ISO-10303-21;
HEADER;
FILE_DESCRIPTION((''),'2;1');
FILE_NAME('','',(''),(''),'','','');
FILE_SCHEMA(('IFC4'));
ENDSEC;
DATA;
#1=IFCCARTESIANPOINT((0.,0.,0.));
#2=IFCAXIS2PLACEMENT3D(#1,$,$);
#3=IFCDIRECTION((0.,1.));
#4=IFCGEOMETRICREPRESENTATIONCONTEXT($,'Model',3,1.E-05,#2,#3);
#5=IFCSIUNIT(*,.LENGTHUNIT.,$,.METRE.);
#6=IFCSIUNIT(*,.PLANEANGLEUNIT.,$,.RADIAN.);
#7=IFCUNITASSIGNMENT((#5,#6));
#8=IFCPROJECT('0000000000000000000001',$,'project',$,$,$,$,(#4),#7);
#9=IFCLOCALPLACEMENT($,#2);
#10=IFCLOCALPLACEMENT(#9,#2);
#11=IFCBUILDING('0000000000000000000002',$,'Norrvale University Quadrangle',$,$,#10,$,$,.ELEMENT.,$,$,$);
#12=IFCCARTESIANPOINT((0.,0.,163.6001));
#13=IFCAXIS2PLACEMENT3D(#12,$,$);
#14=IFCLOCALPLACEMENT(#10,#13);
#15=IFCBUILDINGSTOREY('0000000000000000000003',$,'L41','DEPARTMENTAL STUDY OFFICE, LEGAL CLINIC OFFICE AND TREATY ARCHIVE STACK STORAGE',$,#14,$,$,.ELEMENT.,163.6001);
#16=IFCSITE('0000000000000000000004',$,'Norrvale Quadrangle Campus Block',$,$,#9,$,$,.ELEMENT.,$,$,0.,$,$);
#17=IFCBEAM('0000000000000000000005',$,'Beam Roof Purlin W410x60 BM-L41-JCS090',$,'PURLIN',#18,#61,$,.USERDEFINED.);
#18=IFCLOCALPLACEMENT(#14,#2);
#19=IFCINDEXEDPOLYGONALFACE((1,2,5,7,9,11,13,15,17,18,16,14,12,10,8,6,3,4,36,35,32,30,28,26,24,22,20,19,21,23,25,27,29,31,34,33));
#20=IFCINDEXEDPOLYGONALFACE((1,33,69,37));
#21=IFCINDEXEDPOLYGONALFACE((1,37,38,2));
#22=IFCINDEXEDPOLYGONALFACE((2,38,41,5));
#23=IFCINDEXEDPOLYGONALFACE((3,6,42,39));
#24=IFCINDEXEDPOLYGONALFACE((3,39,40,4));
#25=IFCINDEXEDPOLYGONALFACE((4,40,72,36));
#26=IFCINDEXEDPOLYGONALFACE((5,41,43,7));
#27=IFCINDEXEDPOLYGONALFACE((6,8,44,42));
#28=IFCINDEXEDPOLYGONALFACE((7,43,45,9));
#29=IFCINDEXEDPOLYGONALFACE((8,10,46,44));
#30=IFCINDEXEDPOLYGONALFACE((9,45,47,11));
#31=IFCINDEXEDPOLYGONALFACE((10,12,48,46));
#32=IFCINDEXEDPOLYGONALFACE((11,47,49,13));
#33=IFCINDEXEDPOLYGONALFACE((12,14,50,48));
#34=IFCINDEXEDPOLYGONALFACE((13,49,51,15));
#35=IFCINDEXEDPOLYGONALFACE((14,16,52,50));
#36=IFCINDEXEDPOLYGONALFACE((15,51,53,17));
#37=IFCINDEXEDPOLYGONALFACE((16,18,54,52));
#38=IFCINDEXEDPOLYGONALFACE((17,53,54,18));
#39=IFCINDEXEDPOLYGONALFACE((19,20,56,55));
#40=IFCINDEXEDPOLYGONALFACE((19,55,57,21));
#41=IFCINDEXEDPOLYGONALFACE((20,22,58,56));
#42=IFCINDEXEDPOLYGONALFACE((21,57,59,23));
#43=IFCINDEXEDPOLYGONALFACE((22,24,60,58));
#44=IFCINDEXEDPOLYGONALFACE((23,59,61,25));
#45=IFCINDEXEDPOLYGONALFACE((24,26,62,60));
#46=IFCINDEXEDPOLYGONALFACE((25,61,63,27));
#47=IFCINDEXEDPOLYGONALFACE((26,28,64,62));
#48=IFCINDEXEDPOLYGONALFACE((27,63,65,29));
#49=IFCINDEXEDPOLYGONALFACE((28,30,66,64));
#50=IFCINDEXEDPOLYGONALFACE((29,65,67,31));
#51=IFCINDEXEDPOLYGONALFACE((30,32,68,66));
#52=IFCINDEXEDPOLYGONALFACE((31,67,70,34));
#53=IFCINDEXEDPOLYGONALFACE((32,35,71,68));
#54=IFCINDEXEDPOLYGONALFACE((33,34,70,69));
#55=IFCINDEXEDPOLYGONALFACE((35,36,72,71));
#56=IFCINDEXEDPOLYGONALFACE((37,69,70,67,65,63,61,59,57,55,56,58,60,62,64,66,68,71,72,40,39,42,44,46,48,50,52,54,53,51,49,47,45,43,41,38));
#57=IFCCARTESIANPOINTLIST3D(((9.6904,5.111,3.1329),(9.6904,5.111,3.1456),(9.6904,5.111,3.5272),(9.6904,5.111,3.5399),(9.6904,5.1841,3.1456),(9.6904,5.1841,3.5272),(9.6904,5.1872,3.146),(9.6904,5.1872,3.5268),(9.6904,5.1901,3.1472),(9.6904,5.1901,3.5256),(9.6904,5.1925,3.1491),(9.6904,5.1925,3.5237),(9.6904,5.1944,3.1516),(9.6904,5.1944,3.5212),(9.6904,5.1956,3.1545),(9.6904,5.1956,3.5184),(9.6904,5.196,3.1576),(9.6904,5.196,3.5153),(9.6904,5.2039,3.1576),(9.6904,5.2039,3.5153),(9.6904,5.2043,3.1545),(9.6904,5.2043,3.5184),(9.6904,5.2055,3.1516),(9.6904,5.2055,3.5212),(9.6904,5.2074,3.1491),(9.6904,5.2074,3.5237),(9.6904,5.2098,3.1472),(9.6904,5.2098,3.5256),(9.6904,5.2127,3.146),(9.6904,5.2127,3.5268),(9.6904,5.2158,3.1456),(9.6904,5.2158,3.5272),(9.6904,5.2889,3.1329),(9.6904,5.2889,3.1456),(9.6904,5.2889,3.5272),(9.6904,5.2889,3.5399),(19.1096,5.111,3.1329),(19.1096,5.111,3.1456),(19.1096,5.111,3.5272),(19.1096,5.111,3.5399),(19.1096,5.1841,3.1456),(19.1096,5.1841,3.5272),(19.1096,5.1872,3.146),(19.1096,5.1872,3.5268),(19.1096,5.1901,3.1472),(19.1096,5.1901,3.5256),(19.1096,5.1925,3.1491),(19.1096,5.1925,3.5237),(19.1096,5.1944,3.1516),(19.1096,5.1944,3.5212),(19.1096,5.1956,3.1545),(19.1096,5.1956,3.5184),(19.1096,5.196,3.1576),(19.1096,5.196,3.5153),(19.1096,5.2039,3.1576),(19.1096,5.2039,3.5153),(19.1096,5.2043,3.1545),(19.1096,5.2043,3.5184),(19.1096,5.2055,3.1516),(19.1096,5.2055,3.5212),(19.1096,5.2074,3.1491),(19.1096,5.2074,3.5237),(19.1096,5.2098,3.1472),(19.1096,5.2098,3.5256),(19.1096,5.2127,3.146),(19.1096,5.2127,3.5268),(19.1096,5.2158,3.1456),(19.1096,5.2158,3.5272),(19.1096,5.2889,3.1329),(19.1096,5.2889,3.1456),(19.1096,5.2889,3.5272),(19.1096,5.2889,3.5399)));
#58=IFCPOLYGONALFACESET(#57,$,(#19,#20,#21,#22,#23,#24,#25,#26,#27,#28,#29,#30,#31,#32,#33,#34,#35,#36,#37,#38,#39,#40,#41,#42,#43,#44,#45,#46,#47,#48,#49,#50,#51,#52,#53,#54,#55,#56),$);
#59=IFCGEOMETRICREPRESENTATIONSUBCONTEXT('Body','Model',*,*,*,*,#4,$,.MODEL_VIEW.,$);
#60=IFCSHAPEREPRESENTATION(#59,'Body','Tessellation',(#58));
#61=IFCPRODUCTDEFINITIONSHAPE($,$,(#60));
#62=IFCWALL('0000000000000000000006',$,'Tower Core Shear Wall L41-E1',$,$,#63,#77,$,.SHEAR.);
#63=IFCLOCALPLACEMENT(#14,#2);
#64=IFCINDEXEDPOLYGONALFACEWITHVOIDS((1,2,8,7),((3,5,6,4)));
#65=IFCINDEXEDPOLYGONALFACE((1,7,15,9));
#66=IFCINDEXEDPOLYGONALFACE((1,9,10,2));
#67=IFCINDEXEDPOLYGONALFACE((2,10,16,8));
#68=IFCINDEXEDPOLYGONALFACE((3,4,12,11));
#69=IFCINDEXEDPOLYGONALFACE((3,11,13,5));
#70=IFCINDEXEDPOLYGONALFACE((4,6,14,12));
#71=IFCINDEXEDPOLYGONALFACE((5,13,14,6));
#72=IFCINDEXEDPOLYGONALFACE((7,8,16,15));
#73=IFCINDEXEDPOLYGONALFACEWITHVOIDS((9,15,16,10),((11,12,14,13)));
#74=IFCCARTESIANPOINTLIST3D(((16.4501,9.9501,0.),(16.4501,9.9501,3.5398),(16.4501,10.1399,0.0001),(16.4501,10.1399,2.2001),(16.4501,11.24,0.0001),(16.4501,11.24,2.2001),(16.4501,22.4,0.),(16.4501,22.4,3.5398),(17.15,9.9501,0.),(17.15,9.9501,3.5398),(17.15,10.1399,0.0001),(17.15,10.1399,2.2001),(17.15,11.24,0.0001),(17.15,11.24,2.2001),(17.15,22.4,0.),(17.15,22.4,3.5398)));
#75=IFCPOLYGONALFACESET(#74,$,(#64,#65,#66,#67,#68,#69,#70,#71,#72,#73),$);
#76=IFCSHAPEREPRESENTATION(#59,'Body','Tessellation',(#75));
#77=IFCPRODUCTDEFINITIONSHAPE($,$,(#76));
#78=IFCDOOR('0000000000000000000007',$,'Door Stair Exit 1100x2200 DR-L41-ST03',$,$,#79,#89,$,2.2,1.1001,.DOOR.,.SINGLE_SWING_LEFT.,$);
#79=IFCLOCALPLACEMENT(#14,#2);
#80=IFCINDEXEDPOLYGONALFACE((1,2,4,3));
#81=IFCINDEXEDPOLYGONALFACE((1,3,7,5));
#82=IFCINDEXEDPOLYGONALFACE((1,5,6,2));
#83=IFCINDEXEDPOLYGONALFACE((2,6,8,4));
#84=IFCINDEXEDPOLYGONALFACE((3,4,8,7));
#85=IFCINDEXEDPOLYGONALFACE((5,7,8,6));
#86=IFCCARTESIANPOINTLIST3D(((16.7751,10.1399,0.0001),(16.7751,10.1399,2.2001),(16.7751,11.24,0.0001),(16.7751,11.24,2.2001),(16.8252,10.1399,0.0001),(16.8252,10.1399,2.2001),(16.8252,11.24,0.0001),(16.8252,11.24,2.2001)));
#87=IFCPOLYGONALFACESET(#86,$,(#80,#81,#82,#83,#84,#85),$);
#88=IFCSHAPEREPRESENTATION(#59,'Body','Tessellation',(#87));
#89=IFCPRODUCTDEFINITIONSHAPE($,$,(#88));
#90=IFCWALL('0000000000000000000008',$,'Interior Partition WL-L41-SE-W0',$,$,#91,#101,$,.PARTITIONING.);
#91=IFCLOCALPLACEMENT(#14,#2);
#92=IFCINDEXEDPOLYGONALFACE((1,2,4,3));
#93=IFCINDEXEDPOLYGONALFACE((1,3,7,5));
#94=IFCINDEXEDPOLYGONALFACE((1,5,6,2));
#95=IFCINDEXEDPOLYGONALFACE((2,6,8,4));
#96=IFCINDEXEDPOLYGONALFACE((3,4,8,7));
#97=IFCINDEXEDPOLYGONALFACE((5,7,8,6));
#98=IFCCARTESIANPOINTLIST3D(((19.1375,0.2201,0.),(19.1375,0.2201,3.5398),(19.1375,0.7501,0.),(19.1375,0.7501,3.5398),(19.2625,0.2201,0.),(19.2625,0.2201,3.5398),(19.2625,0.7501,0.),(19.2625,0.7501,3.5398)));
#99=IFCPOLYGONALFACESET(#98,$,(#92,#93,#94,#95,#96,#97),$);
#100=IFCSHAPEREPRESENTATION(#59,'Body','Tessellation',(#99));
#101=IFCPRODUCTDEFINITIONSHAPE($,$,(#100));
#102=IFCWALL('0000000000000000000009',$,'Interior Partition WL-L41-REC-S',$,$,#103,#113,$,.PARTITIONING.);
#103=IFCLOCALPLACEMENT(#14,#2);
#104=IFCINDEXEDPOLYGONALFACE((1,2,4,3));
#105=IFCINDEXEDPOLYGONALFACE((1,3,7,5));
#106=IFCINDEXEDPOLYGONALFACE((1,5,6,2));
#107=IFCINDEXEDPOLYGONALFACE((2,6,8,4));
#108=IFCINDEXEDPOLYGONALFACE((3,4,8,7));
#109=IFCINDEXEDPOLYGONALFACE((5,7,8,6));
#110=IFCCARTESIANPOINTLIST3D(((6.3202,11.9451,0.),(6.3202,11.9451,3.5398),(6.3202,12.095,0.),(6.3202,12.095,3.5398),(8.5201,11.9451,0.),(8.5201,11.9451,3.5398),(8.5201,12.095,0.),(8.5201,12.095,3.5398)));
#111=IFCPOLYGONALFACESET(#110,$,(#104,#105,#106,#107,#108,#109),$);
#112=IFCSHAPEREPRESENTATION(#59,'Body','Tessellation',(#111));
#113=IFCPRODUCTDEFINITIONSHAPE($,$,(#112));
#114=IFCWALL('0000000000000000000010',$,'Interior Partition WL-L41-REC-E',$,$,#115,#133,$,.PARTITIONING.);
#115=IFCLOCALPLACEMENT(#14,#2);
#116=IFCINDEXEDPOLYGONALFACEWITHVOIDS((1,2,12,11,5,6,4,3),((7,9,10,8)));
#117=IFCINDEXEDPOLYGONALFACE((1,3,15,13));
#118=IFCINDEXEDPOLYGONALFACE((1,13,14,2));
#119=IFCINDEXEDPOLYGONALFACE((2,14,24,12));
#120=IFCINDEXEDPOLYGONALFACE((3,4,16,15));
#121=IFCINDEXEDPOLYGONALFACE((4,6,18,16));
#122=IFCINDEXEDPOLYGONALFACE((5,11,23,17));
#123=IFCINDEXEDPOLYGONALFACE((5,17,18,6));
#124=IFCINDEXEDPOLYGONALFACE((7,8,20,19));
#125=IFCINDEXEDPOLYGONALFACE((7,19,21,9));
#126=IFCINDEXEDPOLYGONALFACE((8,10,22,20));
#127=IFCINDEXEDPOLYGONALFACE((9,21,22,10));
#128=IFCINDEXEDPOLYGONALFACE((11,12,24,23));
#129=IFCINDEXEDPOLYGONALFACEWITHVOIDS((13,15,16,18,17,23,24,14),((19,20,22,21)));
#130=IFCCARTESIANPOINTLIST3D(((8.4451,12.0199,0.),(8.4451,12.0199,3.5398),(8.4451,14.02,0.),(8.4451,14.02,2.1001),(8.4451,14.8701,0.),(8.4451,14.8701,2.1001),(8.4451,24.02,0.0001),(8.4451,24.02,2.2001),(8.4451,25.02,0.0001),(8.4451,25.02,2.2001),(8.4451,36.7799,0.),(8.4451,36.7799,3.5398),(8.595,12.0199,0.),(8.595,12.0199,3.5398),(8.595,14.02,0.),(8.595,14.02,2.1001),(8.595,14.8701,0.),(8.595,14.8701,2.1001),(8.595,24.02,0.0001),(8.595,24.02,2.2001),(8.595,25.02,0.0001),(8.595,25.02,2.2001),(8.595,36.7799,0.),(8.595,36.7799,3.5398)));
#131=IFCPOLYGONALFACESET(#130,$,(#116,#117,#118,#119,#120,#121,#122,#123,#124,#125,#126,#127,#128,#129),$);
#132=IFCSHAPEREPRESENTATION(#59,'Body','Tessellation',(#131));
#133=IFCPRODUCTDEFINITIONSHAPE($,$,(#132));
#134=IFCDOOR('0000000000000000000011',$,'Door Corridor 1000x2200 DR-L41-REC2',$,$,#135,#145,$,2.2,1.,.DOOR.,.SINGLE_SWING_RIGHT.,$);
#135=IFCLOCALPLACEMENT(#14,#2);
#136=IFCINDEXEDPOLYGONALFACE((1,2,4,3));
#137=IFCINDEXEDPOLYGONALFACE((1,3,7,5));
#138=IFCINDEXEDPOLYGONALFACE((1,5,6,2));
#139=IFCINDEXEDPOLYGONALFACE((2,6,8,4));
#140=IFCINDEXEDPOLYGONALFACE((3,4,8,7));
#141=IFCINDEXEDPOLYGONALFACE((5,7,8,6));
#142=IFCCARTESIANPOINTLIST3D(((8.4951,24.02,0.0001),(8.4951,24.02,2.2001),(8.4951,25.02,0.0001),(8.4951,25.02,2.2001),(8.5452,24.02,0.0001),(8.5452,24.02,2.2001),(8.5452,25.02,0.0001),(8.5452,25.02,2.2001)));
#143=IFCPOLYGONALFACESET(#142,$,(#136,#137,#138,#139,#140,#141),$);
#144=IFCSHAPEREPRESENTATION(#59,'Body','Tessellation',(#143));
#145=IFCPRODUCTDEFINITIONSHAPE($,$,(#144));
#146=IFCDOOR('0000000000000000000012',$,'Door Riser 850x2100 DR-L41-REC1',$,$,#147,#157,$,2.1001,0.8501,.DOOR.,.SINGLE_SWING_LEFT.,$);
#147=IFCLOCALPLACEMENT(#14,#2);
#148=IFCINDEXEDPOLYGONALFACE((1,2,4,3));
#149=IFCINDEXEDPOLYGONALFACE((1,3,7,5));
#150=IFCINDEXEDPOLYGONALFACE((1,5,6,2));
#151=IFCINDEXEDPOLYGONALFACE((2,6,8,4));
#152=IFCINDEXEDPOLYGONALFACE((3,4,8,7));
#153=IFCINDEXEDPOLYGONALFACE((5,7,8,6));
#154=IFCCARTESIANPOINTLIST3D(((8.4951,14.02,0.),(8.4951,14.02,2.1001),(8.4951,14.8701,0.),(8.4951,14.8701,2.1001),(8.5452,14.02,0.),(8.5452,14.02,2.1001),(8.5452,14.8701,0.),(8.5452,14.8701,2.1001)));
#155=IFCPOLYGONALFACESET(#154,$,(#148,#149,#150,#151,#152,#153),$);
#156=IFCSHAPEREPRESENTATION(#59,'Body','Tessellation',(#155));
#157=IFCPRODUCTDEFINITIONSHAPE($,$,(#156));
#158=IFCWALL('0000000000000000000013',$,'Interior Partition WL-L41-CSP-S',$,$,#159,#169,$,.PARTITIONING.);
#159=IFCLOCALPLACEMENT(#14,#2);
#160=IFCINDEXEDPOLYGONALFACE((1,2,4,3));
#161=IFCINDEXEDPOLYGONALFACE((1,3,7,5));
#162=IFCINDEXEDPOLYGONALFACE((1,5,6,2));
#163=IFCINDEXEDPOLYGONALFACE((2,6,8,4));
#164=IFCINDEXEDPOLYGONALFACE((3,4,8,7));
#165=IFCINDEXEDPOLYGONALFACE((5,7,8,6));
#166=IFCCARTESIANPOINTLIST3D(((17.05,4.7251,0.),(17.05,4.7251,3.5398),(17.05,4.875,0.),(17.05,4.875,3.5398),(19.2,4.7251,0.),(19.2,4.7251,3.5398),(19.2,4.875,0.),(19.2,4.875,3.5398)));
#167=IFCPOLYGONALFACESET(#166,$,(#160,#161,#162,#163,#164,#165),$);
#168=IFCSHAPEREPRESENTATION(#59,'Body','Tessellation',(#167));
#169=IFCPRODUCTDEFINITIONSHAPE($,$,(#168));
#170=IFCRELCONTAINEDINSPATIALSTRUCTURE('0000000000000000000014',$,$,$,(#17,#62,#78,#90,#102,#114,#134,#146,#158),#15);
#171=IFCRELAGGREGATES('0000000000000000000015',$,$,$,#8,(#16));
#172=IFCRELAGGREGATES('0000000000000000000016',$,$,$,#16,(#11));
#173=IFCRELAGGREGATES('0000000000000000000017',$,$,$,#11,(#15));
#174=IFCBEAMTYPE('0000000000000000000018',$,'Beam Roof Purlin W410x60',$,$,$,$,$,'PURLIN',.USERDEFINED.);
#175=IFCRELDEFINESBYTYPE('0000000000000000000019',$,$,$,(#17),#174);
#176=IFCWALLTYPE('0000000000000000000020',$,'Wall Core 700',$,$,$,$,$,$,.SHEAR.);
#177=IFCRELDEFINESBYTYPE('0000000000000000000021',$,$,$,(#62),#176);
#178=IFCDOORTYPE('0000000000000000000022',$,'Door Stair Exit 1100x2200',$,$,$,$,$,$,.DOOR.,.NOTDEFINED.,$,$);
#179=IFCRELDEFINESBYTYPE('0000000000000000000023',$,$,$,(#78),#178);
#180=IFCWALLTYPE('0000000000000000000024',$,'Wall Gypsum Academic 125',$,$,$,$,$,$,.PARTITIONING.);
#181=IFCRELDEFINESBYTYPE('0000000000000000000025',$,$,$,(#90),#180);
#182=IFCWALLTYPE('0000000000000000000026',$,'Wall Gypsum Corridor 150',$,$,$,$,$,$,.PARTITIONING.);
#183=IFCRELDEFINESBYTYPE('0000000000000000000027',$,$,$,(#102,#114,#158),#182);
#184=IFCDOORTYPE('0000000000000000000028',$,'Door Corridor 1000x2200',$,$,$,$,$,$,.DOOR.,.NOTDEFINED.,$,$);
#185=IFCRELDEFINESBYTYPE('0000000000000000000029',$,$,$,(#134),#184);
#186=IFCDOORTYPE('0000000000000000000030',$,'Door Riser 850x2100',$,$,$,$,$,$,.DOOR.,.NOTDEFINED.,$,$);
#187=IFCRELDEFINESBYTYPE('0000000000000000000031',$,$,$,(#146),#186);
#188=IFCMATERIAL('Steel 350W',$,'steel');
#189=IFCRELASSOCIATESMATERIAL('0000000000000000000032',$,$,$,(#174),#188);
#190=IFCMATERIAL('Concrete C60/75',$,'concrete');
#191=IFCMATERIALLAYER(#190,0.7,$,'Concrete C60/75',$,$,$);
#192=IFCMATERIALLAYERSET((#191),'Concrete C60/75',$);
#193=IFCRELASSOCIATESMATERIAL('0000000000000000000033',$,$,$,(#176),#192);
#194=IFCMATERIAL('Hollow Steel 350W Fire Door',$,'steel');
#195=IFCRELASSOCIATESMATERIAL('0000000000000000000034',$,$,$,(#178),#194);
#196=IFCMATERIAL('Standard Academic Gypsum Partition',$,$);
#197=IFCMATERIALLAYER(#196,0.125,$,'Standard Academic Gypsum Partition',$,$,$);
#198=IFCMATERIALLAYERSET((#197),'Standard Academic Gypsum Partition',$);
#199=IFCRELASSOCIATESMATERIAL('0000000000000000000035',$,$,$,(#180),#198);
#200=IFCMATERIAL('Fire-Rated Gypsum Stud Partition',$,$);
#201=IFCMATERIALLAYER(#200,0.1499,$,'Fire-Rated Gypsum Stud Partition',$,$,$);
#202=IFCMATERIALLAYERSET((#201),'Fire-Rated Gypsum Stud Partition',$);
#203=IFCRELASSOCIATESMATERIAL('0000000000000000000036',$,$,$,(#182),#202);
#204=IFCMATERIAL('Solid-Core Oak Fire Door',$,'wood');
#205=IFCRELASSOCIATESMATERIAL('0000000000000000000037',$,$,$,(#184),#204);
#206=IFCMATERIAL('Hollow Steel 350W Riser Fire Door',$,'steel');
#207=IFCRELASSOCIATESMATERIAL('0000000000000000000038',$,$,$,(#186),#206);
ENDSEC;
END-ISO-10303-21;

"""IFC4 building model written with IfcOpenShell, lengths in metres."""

from ifc_helpers import new_model, si_unit, direction, frame, frame_2d, origin, origin_2d, place, context, subcontext, project, spatial, rectangle, i_section, extrude, material, layer, layer_set, material_profile, profile_set, type_object, element, fill, save


model = new_model("IFC4")

# Units and contexts
model_context = context("Model", 3, precision=1e-05, world=origin(), true_north=direction((0.0, 1.0)))
body_context = subcontext(model_context, "Body", "Model", "MODEL_VIEW")
ifc_project = project(units=[si_unit("LENGTHUNIT", "METRE"), si_unit("PLANEANGLEUNIT", "RADIAN")], contexts=[model_context])

# Site, building, storey
site_placement = place(None, origin())
site = spatial("IfcSite", under=ifc_project, at=site_placement, Name="Norrvale Quadrangle Campus Block", CompositionType="ELEMENT", RefElevation=0.0)
building_placement = place(site_placement, origin())
building = spatial("IfcBuilding", under=site, at=building_placement, Name="Norrvale University Quadrangle", CompositionType="ELEMENT")
storey_placement = place(building_placement, frame((0.0, 0.0, 163.6001)))
storey = spatial("IfcBuildingStorey", under=building, at=storey_placement, Name="L41", Description="DEPARTMENTAL STUDY OFFICE, LEGAL CLINIC OFFICE AND TREATY ARCHIVE STACK STORAGE", CompositionType="ELEMENT", Elevation=163.6001)

# Shared definitions
ifc_material_1 = material(Name="Concrete C60/75", Category="concrete")

# Beam
ifc_material_2 = material(Name="Steel 350W", Category="steel")
ifc_material_profile_1 = material_profile(ifc_material_2, i_section(OverallWidth=0.178, OverallDepth=0.407, WebThickness=0.0078, FlangeThickness=0.0127, FilletRadius=0.012, at=origin_2d()), Name="Steel 350W")
ifc_profile_set_1 = profile_set([ifc_material_profile_1], Name="Steel 350W")
beam_type_1 = type_object("IfcBeamType", Name="Beam Roof Purlin W410x60", ElementType="PURLIN", PredefinedType="USERDEFINED", material=ifc_profile_set_1)
beam_1_placement = place(storey_placement, frame((9.6904, 5.2, 3.3364), z_axis=(1.0, 0.0, 0.0), x_axis=(0.0, 1.0, 0.0)))
element("IfcBeam", 1, at=beam_1_placement, inside=storey, type_object=beam_type_1, Name="Beam Roof Purlin W410x60 BM-L41-JCS090", ObjectType="PURLIN", PredefinedType="USERDEFINED", context=body_context, shape_type="SweptSolid", body=[
    extrude(i_section(OverallWidth=0.178, OverallDepth=0.407, WebThickness=0.0078, FlangeThickness=0.0127, FilletRadius=0.012, at=origin_2d()), origin(), (0.0, 0.0, 1.0), 9.4192),
])

# Wall, opening, door
ifc_layer_1 = layer(ifc_material_1, 0.7, Name="Concrete C60/75")
ifc_layer_set_1 = layer_set([ifc_layer_1], Name="Concrete C60/75")
wall_type_1 = type_object("IfcWallType", Name="Wall Core 700", PredefinedType="SHEAR", material=ifc_layer_set_1)
wall_1_placement = place(storey_placement, frame((16.8, 9.95, 0.0), z_axis=(0.0, 0.0, 1.0), x_axis=(0.0, 1.0, 0.0)))
wall_1 = element("IfcWall", 2, at=wall_1_placement, inside=storey, type_object=wall_type_1, Name="Tower Core Shear Wall L41-E1", PredefinedType="SHEAR", context=body_context, shape_type="SweptSolid", body=[
    extrude(rectangle(XDim=12.45, YDim=0.7, at=frame_2d((6.2251, 0.0))), origin(), (0.0, 0.0, 1.0), 3.5398),
])
opening_1_placement = place(wall_1_placement, frame((0.1899, 0.0, 0.0)))
opening_1 = element("IfcOpeningElement", 3, at=opening_1_placement, cuts=wall_1, PredefinedType="OPENING", context=body_context, shape_type="SweptSolid", body=[
    extrude(rectangle(XDim=1.1001, YDim=2.2, at=frame_2d((0.55, 1.1001))), frame((0.0, 0.3621, 0.0), z_axis=(0.0, -1.0, 0.0), x_axis=(1.0, 0.0, 0.0)), (0.0, 0.0, 1.0), 0.7239),
])
ifc_material_3 = material(Name="Hollow Steel 350W Fire Door", Category="steel")
door_type_1 = type_object("IfcDoorType", Name="Door Stair Exit 1100x2200", OperationType="NOTDEFINED", PredefinedType="DOOR", material=ifc_material_3)
door_1_placement = place(opening_1_placement, origin())
door_1 = element("IfcDoor", 4, at=door_1_placement, inside=storey, type_object=door_type_1, Name="Door Stair Exit 1100x2200 DR-L41-ST03", OperationType="SINGLE_SWING_LEFT", OverallHeight=2.2, OverallWidth=1.1001, PredefinedType="DOOR", context=body_context, shape_type="SweptSolid", body=[
    extrude(rectangle(XDim=1.1001, YDim=2.2, at=frame_2d((0.55, 1.1001))), frame((0.0, 0.0249, 0.0), z_axis=(0.0, -1.0, 0.0), x_axis=(1.0, 0.0, 0.0)), (0.0, 0.0, 1.0), 0.05),
])
fill(opening_1, door_1)

# Walls
ifc_material_4 = material(Name="Standard Academic Gypsum Partition")
ifc_layer_2 = layer(ifc_material_4, 0.125, Name="Standard Academic Gypsum Partition")
ifc_layer_set_2 = layer_set([ifc_layer_2], Name="Standard Academic Gypsum Partition")
wall_type_2 = type_object("IfcWallType", Name="Wall Gypsum Academic 125", PredefinedType="PARTITIONING", material=ifc_layer_set_2)
wall_2_placement = place(storey_placement, frame((19.2, 0.22, 0.0), z_axis=(0.0, 0.0, 1.0), x_axis=(0.0, 1.0, 0.0)))
element("IfcWall", 5, at=wall_2_placement, inside=storey, type_object=wall_type_2, Name="Interior Partition WL-L41-SE-W0", PredefinedType="PARTITIONING", context=body_context, shape_type="SweptSolid", body=[
    extrude(rectangle(XDim=0.53, YDim=0.125, at=frame_2d((0.2651, 0.0))), origin(), (0.0, 0.0, 1.0), 3.5398),
])
ifc_material_5 = material(Name="Fire-Rated Gypsum Stud Partition")
ifc_layer_3 = layer(ifc_material_5, 0.1499, Name="Fire-Rated Gypsum Stud Partition")
ifc_layer_set_3 = layer_set([ifc_layer_3], Name="Fire-Rated Gypsum Stud Partition")
wall_type_3 = type_object("IfcWallType", Name="Wall Gypsum Corridor 150", PredefinedType="PARTITIONING", material=ifc_layer_set_3)
wall_3_placement = place(storey_placement, frame((6.3201, 12.02, 0.0), z_axis=(0.0, 0.0, 1.0), x_axis=(1.0, 0.0, 0.0)))
element("IfcWall", 6, at=wall_3_placement, inside=storey, type_object=wall_type_3, Name="Interior Partition WL-L41-REC-S", PredefinedType="PARTITIONING", context=body_context, shape_type="SweptSolid", body=[
    extrude(rectangle(XDim=2.2, YDim=0.1499, at=frame_2d((1.1001, 0.0))), origin(), (0.0, 0.0, 1.0), 3.5398),
])

# Wall, openings, doors
wall_4_placement = place(storey_placement, frame((8.52, 12.02, 0.0), z_axis=(0.0, 0.0, 1.0), x_axis=(0.0, 1.0, 0.0)))
wall_4 = element("IfcWall", 7, at=wall_4_placement, inside=storey, type_object=wall_type_3, Name="Interior Partition WL-L41-REC-E", PredefinedType="PARTITIONING", context=body_context, shape_type="SweptSolid", body=[
    extrude(rectangle(XDim=24.76, YDim=0.1499, at=frame_2d((12.3799, 0.0))), origin(), (0.0, 0.0, 1.0), 3.5398),
])
opening_2_placement = place(wall_4_placement, frame((2.0, 0.0, 0.0)))
opening_2 = element("IfcOpeningElement", 8, at=opening_2_placement, cuts=wall_4, PredefinedType="OPENING", context=body_context, shape_type="SweptSolid", body=[
    extrude(rectangle(XDim=0.8501, YDim=2.1001, at=frame_2d((0.425, 1.05))), frame((0.0, 0.0869, 0.0), z_axis=(0.0, -1.0, 0.0), x_axis=(1.0, 0.0, 0.0)), (0.0, 0.0, 1.0), 0.1738),
])
opening_3_placement = place(wall_4_placement, frame((12.0, 0.0, 0.0)))
opening_3 = element("IfcOpeningElement", 9, at=opening_3_placement, cuts=wall_4, PredefinedType="OPENING", context=body_context, shape_type="SweptSolid", body=[
    extrude(rectangle(XDim=1.0, YDim=2.2, at=frame_2d((0.5, 1.1001))), frame((0.0, 0.0869, 0.0), z_axis=(0.0, -1.0, 0.0), x_axis=(1.0, 0.0, 0.0)), (0.0, 0.0, 1.0), 0.1738),
])
ifc_material_6 = material(Name="Solid-Core Oak Fire Door", Category="wood")
door_type_2 = type_object("IfcDoorType", Name="Door Corridor 1000x2200", OperationType="NOTDEFINED", PredefinedType="DOOR", material=ifc_material_6)
door_2_placement = place(opening_3_placement, origin())
door_2 = element("IfcDoor", 10, at=door_2_placement, inside=storey, type_object=door_type_2, Name="Door Corridor 1000x2200 DR-L41-REC2", OperationType="SINGLE_SWING_RIGHT", OverallHeight=2.2, OverallWidth=1.0, PredefinedType="DOOR", context=body_context, shape_type="SweptSolid", body=[
    extrude(rectangle(XDim=1.0, YDim=2.2, at=frame_2d((0.5, 1.1001))), frame((0.0, 0.0249, 0.0), z_axis=(0.0, -1.0, 0.0), x_axis=(1.0, 0.0, 0.0)), (0.0, 0.0, 1.0), 0.05),
])
fill(opening_3, door_2)
ifc_material_7 = material(Name="Hollow Steel 350W Riser Fire Door", Category="steel")
door_type_3 = type_object("IfcDoorType", Name="Door Riser 850x2100", OperationType="NOTDEFINED", PredefinedType="DOOR", material=ifc_material_7)
door_3_placement = place(opening_2_placement, origin())
door_3 = element("IfcDoor", 11, at=door_3_placement, inside=storey, type_object=door_type_3, Name="Door Riser 850x2100 DR-L41-REC1", OperationType="SINGLE_SWING_LEFT", OverallHeight=2.1001, OverallWidth=0.8501, PredefinedType="DOOR", context=body_context, shape_type="SweptSolid", body=[
    extrude(rectangle(XDim=0.8501, YDim=2.1001, at=frame_2d((0.425, 1.05))), frame((0.0, 0.0249, 0.0), z_axis=(0.0, -1.0, 0.0), x_axis=(1.0, 0.0, 0.0)), (0.0, 0.0, 1.0), 0.05),
])
fill(opening_2, door_3)

# Wall
wall_5_placement = place(storey_placement, frame((17.05, 4.8, 0.0), z_axis=(0.0, 0.0, 1.0), x_axis=(1.0, 0.0, 0.0)))
element("IfcWall", 12, at=wall_5_placement, inside=storey, type_object=wall_type_3, Name="Interior Partition WL-L41-CSP-S", PredefinedType="PARTITIONING", context=body_context, shape_type="SweptSolid", body=[
    extrude(rectangle(XDim=2.1499, YDim=0.1499, at=frame_2d((1.075, 0.0))), origin(), (0.0, 0.0, 1.0), 3.5398),
])

save(model, "model.ifc")
